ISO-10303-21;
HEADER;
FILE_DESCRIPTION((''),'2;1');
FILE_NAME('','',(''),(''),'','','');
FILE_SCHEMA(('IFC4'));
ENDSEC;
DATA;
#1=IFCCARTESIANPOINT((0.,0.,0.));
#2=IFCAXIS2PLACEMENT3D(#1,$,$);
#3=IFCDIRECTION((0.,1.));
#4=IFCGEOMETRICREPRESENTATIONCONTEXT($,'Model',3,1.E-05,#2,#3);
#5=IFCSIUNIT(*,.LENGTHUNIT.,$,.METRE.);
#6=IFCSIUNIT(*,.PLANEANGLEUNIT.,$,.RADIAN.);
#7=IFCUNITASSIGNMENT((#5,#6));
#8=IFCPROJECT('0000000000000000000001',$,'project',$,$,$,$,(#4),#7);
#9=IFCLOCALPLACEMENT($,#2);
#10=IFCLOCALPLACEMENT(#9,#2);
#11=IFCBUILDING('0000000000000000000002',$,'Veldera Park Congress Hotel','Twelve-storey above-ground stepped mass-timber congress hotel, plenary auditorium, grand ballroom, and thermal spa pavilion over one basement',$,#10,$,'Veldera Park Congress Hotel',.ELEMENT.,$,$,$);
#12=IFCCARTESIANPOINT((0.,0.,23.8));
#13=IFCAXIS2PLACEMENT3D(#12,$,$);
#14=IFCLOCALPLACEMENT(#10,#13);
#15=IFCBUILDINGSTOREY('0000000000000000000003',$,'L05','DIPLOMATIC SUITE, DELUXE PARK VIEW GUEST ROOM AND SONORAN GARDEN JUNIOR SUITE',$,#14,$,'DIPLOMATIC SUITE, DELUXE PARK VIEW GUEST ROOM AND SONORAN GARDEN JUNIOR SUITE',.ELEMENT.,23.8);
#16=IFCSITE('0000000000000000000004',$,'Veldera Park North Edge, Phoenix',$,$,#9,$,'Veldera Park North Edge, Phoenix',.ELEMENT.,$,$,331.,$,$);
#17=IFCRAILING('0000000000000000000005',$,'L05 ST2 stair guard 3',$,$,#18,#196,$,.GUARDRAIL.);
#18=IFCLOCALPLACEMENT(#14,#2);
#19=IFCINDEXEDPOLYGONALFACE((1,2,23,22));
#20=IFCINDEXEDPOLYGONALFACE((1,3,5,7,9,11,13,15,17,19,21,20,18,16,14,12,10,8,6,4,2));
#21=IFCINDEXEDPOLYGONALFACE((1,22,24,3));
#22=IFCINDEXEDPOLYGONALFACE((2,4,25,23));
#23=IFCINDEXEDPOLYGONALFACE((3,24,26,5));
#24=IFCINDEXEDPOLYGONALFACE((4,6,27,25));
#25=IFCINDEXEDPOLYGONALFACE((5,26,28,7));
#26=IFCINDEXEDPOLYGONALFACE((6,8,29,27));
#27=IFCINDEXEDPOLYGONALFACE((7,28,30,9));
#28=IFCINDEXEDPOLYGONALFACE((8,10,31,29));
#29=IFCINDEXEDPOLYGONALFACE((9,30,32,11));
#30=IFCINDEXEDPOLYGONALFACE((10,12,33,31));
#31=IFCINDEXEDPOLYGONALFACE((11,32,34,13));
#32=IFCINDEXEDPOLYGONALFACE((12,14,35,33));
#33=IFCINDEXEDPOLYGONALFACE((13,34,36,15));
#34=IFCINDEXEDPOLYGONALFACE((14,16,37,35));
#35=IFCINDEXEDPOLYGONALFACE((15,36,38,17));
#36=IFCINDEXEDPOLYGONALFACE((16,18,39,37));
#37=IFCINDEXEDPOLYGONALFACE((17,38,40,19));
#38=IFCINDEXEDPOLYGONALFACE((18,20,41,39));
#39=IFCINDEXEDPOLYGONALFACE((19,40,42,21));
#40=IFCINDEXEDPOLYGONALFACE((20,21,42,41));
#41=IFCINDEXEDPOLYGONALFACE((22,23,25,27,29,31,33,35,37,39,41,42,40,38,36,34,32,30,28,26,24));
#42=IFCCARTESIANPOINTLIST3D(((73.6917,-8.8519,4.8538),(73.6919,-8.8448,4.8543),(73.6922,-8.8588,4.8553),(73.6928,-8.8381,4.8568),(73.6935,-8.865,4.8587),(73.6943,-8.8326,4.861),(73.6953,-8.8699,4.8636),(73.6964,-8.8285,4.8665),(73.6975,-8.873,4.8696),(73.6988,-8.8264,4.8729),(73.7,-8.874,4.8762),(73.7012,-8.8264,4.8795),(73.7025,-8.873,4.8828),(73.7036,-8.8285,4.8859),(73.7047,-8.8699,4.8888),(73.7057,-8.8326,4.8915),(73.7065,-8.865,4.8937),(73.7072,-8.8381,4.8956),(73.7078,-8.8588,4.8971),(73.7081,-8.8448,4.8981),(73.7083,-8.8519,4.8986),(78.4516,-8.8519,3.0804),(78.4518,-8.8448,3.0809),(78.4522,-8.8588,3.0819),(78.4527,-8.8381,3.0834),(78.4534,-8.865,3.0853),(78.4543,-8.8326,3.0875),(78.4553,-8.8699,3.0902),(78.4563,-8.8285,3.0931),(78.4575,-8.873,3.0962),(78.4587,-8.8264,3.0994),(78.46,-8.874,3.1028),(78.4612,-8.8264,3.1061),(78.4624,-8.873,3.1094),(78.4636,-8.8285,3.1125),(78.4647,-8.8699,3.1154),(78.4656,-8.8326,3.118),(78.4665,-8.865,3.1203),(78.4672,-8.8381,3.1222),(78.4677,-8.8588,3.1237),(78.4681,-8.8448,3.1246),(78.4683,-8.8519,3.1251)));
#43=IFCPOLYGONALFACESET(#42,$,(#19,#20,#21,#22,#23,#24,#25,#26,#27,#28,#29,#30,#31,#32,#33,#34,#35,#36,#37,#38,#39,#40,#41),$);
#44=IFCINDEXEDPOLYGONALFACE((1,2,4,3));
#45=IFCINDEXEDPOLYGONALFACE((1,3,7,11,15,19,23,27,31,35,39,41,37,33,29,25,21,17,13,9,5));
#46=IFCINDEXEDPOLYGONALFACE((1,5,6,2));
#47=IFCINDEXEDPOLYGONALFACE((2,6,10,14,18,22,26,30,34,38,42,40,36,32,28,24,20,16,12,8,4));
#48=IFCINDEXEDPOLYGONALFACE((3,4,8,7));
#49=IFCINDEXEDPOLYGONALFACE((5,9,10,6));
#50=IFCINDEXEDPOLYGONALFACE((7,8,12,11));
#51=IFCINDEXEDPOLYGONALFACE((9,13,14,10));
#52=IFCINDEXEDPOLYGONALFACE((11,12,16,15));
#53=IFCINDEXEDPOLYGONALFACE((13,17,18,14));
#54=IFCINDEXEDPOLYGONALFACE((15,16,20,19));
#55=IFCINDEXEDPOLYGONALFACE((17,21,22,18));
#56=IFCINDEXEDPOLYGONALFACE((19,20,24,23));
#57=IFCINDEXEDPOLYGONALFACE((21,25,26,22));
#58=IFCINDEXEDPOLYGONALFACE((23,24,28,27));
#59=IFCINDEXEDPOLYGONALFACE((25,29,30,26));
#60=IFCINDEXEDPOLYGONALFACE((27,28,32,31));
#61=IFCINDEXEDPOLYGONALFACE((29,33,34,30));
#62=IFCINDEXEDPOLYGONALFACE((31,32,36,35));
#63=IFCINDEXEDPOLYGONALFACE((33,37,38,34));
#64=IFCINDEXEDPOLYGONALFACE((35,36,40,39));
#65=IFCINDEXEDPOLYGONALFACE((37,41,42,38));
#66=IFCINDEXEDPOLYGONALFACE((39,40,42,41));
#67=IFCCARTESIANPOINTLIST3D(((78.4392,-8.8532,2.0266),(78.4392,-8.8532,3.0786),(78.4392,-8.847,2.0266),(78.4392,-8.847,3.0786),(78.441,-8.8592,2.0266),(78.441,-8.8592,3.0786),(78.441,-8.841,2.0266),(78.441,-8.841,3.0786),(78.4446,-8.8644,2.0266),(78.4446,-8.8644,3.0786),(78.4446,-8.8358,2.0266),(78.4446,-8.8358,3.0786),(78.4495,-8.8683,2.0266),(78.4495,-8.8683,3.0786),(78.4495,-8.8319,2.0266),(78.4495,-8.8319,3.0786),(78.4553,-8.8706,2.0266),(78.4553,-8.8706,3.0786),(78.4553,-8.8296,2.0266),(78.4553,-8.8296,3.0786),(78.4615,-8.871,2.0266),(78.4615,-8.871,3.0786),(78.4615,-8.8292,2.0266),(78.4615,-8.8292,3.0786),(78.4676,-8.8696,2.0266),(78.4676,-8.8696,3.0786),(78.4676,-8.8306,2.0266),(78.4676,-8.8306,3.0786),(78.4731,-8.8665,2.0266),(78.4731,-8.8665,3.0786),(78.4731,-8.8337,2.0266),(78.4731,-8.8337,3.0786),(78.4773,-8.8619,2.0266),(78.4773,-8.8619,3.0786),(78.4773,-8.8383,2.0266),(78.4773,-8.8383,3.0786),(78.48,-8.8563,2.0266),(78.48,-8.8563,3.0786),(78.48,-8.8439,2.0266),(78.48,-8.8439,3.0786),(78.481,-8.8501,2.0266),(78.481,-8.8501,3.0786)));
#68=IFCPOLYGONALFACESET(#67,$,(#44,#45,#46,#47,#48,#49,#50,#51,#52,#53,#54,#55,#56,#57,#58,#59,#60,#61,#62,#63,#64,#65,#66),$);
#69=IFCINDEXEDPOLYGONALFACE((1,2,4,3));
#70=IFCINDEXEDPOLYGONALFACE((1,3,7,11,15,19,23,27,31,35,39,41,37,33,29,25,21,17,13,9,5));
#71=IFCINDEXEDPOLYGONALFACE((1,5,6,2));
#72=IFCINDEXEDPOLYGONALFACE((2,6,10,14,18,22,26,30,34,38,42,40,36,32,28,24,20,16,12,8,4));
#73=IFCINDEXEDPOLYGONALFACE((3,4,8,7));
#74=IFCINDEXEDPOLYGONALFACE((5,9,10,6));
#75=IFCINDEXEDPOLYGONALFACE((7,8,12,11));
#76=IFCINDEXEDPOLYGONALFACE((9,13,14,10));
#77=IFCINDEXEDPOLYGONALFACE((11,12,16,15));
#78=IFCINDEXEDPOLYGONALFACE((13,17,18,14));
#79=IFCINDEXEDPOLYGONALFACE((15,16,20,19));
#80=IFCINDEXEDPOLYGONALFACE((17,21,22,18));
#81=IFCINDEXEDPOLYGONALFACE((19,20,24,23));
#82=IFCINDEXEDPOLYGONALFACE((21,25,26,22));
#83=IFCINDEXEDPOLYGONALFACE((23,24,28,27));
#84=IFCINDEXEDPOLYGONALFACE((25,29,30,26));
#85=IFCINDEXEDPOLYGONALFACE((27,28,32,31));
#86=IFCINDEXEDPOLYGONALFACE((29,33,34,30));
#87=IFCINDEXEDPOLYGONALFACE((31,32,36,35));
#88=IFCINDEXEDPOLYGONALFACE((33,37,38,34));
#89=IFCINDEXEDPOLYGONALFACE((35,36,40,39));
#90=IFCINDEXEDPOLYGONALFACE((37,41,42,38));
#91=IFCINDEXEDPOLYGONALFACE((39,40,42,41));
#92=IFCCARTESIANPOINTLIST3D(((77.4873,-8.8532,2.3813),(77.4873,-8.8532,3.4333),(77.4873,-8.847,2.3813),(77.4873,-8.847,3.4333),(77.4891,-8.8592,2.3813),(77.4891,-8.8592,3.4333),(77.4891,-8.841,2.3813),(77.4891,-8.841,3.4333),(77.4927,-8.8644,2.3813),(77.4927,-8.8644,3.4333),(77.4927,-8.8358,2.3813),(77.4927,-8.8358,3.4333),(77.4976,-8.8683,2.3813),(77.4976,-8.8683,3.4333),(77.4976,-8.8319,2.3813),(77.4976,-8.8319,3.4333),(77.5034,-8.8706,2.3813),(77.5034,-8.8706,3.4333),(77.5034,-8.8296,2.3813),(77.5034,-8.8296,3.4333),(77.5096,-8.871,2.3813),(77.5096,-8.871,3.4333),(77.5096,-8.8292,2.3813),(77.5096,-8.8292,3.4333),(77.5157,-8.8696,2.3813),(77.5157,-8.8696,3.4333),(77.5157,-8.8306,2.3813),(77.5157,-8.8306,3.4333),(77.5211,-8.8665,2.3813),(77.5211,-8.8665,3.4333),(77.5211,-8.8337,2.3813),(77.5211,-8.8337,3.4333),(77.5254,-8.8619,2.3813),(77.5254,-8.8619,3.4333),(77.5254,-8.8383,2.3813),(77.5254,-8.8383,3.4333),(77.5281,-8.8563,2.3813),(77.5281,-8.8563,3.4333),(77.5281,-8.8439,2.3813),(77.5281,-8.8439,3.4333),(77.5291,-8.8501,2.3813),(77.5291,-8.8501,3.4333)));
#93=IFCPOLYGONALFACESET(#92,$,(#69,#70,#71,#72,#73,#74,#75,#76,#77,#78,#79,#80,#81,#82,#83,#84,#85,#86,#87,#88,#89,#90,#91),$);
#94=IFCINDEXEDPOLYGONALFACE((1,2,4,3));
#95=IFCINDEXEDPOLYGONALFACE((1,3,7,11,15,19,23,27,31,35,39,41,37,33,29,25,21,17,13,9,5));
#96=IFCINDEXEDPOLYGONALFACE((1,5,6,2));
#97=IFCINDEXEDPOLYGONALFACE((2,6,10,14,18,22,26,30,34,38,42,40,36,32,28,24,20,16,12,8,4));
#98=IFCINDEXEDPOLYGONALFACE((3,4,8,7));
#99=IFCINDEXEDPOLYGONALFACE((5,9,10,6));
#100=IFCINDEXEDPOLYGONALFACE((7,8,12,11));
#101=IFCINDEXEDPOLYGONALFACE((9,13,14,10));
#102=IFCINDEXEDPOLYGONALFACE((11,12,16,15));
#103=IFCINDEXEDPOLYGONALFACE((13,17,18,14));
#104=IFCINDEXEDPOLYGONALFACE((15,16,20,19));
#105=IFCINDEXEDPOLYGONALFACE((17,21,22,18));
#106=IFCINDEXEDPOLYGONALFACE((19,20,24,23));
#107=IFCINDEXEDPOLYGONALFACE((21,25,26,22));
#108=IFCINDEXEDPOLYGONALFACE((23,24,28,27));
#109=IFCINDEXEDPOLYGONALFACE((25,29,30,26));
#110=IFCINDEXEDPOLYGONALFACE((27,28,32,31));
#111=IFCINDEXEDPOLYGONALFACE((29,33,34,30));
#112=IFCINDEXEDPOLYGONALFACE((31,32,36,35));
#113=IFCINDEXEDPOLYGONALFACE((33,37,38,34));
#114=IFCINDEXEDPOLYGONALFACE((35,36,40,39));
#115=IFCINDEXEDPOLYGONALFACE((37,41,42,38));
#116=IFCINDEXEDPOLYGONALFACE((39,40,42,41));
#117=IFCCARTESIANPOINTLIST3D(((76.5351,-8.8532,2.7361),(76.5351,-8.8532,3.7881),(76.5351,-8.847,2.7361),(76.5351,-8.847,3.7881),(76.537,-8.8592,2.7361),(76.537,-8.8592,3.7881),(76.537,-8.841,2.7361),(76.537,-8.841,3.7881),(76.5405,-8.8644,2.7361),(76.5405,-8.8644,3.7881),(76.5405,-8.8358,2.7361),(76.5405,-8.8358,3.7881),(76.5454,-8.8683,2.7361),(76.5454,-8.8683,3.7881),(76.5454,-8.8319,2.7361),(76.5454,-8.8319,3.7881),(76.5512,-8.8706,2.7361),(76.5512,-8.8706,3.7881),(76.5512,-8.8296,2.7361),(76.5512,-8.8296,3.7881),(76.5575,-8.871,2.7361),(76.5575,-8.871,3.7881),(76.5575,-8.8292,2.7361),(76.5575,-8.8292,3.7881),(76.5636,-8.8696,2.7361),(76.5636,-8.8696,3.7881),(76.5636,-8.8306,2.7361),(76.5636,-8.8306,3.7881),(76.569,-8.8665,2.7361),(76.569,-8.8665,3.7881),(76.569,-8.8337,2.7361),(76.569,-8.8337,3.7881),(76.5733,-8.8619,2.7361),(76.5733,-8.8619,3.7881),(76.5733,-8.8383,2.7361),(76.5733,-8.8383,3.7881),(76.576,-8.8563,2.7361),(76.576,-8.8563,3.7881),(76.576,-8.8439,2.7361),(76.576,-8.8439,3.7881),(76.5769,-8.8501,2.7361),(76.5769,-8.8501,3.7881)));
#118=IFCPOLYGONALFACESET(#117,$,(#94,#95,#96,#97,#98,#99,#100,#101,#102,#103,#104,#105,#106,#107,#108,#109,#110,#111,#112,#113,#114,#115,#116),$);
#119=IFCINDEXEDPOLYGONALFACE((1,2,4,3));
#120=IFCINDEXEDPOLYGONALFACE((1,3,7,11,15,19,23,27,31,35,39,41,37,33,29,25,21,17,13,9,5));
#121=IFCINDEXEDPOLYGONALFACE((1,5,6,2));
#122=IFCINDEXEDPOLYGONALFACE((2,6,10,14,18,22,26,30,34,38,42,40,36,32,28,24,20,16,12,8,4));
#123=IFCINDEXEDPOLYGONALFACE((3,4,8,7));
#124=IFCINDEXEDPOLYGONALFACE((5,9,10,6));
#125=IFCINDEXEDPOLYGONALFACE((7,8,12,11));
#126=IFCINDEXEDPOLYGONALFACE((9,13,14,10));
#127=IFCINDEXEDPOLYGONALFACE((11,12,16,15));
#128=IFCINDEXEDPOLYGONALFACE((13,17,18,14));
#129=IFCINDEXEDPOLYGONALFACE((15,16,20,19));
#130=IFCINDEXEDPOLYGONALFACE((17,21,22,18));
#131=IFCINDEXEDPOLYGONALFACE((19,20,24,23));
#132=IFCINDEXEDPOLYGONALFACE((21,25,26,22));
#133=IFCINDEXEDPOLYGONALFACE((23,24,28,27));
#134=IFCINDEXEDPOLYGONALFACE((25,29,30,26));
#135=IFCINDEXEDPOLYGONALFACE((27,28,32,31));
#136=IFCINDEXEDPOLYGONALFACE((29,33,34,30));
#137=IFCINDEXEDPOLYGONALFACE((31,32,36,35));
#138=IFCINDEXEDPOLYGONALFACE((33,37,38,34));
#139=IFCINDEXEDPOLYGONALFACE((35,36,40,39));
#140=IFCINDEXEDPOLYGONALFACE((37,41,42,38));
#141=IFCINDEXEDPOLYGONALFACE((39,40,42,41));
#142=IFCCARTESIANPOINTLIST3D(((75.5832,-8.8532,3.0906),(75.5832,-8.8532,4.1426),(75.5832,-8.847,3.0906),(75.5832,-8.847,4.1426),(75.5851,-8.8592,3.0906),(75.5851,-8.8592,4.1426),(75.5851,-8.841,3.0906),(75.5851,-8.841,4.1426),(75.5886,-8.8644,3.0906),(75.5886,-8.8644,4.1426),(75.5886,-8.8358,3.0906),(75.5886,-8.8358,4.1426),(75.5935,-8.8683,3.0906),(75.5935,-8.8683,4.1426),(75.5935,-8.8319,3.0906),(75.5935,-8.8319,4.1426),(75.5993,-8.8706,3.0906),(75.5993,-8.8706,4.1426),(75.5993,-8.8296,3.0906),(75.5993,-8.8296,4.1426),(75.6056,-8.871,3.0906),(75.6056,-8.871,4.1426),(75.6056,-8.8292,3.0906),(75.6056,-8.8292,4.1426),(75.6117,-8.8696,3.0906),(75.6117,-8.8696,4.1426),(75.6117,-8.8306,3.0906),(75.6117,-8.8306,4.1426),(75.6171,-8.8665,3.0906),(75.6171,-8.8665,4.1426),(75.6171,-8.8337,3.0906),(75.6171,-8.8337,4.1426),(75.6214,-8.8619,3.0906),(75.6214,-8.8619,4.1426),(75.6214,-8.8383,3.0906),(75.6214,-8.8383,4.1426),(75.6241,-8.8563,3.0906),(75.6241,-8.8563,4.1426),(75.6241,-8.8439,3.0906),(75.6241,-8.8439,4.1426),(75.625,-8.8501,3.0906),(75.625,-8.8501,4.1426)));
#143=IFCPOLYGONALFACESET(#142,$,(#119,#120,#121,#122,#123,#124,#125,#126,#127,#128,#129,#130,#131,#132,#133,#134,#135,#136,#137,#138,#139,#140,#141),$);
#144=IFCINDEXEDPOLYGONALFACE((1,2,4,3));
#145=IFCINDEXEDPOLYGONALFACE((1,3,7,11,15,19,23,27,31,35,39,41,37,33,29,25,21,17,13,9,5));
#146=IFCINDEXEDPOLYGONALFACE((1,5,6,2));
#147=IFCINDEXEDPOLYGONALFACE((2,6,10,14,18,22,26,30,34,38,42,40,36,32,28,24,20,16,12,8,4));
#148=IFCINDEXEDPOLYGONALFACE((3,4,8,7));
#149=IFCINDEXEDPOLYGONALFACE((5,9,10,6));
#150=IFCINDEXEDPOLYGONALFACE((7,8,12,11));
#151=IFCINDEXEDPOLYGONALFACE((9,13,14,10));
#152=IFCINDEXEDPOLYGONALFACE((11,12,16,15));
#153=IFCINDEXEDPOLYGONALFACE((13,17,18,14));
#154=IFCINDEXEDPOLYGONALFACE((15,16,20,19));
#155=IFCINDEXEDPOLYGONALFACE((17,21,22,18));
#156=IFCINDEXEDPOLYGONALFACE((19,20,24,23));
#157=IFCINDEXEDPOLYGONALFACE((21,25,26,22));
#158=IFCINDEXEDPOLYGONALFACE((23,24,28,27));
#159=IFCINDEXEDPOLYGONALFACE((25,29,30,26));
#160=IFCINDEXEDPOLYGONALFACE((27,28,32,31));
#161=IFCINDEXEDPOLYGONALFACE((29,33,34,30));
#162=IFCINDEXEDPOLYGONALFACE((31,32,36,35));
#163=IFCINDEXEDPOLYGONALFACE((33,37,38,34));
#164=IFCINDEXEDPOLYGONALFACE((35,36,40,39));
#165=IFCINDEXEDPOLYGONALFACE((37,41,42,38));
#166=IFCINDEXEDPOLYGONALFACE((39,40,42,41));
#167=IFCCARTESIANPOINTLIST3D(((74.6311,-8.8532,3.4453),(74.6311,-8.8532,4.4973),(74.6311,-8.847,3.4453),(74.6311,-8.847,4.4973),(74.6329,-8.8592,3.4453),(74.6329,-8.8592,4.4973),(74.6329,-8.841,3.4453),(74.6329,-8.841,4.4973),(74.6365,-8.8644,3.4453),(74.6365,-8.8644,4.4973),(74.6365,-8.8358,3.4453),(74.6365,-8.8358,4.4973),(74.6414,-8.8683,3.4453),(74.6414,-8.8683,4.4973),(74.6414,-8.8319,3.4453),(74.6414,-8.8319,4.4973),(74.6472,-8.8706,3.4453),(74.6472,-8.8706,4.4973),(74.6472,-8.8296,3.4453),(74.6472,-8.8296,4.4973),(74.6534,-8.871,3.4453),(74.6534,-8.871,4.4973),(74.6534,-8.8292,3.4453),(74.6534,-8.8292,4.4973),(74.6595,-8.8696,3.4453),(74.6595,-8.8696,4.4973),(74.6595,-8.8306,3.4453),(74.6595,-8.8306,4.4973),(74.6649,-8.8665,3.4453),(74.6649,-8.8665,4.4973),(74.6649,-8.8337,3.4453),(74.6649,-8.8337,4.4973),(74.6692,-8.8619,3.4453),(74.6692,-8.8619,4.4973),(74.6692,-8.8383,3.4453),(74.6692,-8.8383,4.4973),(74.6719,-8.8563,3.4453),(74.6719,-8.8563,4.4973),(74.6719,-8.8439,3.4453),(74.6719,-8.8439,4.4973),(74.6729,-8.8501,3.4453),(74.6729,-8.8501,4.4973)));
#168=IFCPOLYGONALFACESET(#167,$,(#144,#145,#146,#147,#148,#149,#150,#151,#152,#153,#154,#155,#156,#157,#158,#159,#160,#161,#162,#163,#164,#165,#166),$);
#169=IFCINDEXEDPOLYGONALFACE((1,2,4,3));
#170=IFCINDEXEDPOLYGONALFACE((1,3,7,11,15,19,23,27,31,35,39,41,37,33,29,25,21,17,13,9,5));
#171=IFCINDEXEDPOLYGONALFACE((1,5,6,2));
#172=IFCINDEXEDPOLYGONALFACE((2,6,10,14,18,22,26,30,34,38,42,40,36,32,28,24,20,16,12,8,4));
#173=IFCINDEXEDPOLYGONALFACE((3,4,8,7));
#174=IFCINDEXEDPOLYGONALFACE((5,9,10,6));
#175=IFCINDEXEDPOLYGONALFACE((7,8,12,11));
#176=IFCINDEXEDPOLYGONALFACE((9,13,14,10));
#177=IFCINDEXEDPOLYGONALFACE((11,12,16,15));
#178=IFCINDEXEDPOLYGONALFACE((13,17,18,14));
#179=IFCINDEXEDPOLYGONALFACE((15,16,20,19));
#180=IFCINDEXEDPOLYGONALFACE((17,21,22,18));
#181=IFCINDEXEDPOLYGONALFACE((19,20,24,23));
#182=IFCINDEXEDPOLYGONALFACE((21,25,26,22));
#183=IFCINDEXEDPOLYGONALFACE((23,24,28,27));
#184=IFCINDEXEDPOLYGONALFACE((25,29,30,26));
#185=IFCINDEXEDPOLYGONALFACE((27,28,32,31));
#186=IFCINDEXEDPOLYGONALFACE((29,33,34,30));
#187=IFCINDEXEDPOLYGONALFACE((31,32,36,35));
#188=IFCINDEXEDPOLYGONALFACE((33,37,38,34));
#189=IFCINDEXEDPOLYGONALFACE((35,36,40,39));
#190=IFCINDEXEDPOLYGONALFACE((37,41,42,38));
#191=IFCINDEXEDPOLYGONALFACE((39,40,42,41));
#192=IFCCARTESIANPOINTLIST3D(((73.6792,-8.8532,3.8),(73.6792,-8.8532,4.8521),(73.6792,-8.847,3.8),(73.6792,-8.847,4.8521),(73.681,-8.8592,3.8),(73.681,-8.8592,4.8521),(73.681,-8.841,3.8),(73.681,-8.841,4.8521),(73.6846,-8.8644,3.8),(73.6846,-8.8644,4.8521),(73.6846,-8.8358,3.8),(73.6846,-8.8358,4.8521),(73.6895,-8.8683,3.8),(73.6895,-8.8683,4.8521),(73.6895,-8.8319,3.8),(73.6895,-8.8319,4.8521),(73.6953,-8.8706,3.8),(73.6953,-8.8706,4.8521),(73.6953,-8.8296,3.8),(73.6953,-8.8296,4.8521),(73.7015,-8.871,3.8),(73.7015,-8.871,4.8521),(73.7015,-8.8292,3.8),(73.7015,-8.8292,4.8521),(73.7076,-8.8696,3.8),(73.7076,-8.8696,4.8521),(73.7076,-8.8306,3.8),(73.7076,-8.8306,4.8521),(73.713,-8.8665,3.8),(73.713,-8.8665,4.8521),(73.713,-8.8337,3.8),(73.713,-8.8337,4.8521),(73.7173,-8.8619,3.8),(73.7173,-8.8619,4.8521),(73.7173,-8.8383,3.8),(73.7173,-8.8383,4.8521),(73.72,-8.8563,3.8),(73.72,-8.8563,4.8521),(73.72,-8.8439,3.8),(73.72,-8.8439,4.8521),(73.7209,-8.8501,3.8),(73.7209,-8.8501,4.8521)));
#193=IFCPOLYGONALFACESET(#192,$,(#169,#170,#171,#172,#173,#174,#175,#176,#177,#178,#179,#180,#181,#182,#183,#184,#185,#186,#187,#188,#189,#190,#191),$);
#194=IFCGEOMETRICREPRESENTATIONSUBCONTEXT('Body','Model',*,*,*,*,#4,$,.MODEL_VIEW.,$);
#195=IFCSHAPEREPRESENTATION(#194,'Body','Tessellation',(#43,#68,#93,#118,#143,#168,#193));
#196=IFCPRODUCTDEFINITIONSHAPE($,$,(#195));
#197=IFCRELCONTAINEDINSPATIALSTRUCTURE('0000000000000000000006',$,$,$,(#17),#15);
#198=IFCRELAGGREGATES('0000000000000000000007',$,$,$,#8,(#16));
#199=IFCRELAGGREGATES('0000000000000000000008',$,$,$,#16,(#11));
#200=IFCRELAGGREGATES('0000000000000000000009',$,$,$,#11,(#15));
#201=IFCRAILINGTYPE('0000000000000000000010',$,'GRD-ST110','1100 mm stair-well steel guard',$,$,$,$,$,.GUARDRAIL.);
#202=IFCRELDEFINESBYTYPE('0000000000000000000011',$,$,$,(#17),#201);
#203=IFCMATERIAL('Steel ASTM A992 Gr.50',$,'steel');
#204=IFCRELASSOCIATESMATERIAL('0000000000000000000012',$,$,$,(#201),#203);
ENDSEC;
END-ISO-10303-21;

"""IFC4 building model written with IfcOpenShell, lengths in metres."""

from ifc_helpers import new_model, si_unit, direction, frame, origin, origin_2d, place, context, subcontext, project, spatial, circle, extrude, material, type_object, element, save


model = new_model("IFC4")

# Units and contexts
model_context = context("Model", 3, precision=1e-05, world=origin(), true_north=direction((0.0, 1.0)))
body_context = subcontext(model_context, "Body", "Model", "MODEL_VIEW")
ifc_project = project(units=[si_unit("LENGTHUNIT", "METRE"), si_unit("PLANEANGLEUNIT", "RADIAN")], contexts=[model_context])

# Site, building, storey
site_placement = place(None, origin())
site = spatial("IfcSite", under=ifc_project, at=site_placement, Name="Veldera Park North Edge, Phoenix", LongName="Veldera Park North Edge, Phoenix", CompositionType="ELEMENT", RefElevation=331.0)
building_placement = place(site_placement, origin())
building = spatial("IfcBuilding", under=site, at=building_placement, Name="Veldera Park Congress Hotel", Description="Twelve-storey above-ground stepped mass-timber congress hotel, plenary auditorium, grand ballroom, and thermal spa pavilion over one basement", LongName="Veldera Park Congress Hotel", CompositionType="ELEMENT")
storey_placement = place(building_placement, frame((0.0, 0.0, 23.8)))
storey = spatial("IfcBuildingStorey", under=building, at=storey_placement, Name="L05", Description="DIPLOMATIC SUITE, DELUXE PARK VIEW GUEST ROOM AND SONORAN GARDEN JUNIOR SUITE", LongName="DIPLOMATIC SUITE, DELUXE PARK VIEW GUEST ROOM AND SONORAN GARDEN JUNIOR SUITE", CompositionType="ELEMENT", Elevation=23.8)

# Railing
ifc_material_1 = material(Name="Steel ASTM A992 Gr.50", Category="steel")
railing_type_1 = type_object("IfcRailingType", Name="GRD-ST110", Description="1100 mm stair-well steel guard", PredefinedType="GUARDRAIL", material=ifc_material_1)
railing_1_placement = place(storey_placement, frame((78.46, -8.8501, 2.0266)))
element("IfcRailing", 1, at=railing_1_placement, inside=storey, type_object=railing_type_1, Name="L05 ST2 stair guard 3", PredefinedType="GUARDRAIL", context=body_context, shape_type="SweptSolid", body=[
    extrude(circle(Radius=0.0239, at=origin_2d()), frame((0.0, 0.0, 1.0762), z_axis=(-0.937076, 0.0, 0.349126), x_axis=(0.0, -1.0, 0.0)), (0.0, 0.0, 1.0), 5.0796),
    extrude(circle(Radius=0.021, at=origin_2d()), origin(), (0.0, 0.0, 1.0), 1.052),
    extrude(circle(Radius=0.021, at=origin_2d()), frame((-0.9519, 0.0, 0.3547)), (0.0, 0.0, 1.0), 1.052),
    extrude(circle(Radius=0.021, at=origin_2d()), frame((-1.9041, 0.0, 0.7095)), (0.0, 0.0, 1.0), 1.052),
    extrude(circle(Radius=0.021, at=origin_2d()), frame((-2.856, 0.0, 1.064)), (0.0, 0.0, 1.0), 1.052),
    extrude(circle(Radius=0.021, at=origin_2d()), frame((-3.8081, 0.0, 1.4187)), (0.0, 0.0, 1.0), 1.052),
    extrude(circle(Radius=0.021, at=origin_2d()), frame((-4.76, 0.0, 1.7734)), (0.0, 0.0, 1.0), 1.052),
])

save(model, "model.ifc")
